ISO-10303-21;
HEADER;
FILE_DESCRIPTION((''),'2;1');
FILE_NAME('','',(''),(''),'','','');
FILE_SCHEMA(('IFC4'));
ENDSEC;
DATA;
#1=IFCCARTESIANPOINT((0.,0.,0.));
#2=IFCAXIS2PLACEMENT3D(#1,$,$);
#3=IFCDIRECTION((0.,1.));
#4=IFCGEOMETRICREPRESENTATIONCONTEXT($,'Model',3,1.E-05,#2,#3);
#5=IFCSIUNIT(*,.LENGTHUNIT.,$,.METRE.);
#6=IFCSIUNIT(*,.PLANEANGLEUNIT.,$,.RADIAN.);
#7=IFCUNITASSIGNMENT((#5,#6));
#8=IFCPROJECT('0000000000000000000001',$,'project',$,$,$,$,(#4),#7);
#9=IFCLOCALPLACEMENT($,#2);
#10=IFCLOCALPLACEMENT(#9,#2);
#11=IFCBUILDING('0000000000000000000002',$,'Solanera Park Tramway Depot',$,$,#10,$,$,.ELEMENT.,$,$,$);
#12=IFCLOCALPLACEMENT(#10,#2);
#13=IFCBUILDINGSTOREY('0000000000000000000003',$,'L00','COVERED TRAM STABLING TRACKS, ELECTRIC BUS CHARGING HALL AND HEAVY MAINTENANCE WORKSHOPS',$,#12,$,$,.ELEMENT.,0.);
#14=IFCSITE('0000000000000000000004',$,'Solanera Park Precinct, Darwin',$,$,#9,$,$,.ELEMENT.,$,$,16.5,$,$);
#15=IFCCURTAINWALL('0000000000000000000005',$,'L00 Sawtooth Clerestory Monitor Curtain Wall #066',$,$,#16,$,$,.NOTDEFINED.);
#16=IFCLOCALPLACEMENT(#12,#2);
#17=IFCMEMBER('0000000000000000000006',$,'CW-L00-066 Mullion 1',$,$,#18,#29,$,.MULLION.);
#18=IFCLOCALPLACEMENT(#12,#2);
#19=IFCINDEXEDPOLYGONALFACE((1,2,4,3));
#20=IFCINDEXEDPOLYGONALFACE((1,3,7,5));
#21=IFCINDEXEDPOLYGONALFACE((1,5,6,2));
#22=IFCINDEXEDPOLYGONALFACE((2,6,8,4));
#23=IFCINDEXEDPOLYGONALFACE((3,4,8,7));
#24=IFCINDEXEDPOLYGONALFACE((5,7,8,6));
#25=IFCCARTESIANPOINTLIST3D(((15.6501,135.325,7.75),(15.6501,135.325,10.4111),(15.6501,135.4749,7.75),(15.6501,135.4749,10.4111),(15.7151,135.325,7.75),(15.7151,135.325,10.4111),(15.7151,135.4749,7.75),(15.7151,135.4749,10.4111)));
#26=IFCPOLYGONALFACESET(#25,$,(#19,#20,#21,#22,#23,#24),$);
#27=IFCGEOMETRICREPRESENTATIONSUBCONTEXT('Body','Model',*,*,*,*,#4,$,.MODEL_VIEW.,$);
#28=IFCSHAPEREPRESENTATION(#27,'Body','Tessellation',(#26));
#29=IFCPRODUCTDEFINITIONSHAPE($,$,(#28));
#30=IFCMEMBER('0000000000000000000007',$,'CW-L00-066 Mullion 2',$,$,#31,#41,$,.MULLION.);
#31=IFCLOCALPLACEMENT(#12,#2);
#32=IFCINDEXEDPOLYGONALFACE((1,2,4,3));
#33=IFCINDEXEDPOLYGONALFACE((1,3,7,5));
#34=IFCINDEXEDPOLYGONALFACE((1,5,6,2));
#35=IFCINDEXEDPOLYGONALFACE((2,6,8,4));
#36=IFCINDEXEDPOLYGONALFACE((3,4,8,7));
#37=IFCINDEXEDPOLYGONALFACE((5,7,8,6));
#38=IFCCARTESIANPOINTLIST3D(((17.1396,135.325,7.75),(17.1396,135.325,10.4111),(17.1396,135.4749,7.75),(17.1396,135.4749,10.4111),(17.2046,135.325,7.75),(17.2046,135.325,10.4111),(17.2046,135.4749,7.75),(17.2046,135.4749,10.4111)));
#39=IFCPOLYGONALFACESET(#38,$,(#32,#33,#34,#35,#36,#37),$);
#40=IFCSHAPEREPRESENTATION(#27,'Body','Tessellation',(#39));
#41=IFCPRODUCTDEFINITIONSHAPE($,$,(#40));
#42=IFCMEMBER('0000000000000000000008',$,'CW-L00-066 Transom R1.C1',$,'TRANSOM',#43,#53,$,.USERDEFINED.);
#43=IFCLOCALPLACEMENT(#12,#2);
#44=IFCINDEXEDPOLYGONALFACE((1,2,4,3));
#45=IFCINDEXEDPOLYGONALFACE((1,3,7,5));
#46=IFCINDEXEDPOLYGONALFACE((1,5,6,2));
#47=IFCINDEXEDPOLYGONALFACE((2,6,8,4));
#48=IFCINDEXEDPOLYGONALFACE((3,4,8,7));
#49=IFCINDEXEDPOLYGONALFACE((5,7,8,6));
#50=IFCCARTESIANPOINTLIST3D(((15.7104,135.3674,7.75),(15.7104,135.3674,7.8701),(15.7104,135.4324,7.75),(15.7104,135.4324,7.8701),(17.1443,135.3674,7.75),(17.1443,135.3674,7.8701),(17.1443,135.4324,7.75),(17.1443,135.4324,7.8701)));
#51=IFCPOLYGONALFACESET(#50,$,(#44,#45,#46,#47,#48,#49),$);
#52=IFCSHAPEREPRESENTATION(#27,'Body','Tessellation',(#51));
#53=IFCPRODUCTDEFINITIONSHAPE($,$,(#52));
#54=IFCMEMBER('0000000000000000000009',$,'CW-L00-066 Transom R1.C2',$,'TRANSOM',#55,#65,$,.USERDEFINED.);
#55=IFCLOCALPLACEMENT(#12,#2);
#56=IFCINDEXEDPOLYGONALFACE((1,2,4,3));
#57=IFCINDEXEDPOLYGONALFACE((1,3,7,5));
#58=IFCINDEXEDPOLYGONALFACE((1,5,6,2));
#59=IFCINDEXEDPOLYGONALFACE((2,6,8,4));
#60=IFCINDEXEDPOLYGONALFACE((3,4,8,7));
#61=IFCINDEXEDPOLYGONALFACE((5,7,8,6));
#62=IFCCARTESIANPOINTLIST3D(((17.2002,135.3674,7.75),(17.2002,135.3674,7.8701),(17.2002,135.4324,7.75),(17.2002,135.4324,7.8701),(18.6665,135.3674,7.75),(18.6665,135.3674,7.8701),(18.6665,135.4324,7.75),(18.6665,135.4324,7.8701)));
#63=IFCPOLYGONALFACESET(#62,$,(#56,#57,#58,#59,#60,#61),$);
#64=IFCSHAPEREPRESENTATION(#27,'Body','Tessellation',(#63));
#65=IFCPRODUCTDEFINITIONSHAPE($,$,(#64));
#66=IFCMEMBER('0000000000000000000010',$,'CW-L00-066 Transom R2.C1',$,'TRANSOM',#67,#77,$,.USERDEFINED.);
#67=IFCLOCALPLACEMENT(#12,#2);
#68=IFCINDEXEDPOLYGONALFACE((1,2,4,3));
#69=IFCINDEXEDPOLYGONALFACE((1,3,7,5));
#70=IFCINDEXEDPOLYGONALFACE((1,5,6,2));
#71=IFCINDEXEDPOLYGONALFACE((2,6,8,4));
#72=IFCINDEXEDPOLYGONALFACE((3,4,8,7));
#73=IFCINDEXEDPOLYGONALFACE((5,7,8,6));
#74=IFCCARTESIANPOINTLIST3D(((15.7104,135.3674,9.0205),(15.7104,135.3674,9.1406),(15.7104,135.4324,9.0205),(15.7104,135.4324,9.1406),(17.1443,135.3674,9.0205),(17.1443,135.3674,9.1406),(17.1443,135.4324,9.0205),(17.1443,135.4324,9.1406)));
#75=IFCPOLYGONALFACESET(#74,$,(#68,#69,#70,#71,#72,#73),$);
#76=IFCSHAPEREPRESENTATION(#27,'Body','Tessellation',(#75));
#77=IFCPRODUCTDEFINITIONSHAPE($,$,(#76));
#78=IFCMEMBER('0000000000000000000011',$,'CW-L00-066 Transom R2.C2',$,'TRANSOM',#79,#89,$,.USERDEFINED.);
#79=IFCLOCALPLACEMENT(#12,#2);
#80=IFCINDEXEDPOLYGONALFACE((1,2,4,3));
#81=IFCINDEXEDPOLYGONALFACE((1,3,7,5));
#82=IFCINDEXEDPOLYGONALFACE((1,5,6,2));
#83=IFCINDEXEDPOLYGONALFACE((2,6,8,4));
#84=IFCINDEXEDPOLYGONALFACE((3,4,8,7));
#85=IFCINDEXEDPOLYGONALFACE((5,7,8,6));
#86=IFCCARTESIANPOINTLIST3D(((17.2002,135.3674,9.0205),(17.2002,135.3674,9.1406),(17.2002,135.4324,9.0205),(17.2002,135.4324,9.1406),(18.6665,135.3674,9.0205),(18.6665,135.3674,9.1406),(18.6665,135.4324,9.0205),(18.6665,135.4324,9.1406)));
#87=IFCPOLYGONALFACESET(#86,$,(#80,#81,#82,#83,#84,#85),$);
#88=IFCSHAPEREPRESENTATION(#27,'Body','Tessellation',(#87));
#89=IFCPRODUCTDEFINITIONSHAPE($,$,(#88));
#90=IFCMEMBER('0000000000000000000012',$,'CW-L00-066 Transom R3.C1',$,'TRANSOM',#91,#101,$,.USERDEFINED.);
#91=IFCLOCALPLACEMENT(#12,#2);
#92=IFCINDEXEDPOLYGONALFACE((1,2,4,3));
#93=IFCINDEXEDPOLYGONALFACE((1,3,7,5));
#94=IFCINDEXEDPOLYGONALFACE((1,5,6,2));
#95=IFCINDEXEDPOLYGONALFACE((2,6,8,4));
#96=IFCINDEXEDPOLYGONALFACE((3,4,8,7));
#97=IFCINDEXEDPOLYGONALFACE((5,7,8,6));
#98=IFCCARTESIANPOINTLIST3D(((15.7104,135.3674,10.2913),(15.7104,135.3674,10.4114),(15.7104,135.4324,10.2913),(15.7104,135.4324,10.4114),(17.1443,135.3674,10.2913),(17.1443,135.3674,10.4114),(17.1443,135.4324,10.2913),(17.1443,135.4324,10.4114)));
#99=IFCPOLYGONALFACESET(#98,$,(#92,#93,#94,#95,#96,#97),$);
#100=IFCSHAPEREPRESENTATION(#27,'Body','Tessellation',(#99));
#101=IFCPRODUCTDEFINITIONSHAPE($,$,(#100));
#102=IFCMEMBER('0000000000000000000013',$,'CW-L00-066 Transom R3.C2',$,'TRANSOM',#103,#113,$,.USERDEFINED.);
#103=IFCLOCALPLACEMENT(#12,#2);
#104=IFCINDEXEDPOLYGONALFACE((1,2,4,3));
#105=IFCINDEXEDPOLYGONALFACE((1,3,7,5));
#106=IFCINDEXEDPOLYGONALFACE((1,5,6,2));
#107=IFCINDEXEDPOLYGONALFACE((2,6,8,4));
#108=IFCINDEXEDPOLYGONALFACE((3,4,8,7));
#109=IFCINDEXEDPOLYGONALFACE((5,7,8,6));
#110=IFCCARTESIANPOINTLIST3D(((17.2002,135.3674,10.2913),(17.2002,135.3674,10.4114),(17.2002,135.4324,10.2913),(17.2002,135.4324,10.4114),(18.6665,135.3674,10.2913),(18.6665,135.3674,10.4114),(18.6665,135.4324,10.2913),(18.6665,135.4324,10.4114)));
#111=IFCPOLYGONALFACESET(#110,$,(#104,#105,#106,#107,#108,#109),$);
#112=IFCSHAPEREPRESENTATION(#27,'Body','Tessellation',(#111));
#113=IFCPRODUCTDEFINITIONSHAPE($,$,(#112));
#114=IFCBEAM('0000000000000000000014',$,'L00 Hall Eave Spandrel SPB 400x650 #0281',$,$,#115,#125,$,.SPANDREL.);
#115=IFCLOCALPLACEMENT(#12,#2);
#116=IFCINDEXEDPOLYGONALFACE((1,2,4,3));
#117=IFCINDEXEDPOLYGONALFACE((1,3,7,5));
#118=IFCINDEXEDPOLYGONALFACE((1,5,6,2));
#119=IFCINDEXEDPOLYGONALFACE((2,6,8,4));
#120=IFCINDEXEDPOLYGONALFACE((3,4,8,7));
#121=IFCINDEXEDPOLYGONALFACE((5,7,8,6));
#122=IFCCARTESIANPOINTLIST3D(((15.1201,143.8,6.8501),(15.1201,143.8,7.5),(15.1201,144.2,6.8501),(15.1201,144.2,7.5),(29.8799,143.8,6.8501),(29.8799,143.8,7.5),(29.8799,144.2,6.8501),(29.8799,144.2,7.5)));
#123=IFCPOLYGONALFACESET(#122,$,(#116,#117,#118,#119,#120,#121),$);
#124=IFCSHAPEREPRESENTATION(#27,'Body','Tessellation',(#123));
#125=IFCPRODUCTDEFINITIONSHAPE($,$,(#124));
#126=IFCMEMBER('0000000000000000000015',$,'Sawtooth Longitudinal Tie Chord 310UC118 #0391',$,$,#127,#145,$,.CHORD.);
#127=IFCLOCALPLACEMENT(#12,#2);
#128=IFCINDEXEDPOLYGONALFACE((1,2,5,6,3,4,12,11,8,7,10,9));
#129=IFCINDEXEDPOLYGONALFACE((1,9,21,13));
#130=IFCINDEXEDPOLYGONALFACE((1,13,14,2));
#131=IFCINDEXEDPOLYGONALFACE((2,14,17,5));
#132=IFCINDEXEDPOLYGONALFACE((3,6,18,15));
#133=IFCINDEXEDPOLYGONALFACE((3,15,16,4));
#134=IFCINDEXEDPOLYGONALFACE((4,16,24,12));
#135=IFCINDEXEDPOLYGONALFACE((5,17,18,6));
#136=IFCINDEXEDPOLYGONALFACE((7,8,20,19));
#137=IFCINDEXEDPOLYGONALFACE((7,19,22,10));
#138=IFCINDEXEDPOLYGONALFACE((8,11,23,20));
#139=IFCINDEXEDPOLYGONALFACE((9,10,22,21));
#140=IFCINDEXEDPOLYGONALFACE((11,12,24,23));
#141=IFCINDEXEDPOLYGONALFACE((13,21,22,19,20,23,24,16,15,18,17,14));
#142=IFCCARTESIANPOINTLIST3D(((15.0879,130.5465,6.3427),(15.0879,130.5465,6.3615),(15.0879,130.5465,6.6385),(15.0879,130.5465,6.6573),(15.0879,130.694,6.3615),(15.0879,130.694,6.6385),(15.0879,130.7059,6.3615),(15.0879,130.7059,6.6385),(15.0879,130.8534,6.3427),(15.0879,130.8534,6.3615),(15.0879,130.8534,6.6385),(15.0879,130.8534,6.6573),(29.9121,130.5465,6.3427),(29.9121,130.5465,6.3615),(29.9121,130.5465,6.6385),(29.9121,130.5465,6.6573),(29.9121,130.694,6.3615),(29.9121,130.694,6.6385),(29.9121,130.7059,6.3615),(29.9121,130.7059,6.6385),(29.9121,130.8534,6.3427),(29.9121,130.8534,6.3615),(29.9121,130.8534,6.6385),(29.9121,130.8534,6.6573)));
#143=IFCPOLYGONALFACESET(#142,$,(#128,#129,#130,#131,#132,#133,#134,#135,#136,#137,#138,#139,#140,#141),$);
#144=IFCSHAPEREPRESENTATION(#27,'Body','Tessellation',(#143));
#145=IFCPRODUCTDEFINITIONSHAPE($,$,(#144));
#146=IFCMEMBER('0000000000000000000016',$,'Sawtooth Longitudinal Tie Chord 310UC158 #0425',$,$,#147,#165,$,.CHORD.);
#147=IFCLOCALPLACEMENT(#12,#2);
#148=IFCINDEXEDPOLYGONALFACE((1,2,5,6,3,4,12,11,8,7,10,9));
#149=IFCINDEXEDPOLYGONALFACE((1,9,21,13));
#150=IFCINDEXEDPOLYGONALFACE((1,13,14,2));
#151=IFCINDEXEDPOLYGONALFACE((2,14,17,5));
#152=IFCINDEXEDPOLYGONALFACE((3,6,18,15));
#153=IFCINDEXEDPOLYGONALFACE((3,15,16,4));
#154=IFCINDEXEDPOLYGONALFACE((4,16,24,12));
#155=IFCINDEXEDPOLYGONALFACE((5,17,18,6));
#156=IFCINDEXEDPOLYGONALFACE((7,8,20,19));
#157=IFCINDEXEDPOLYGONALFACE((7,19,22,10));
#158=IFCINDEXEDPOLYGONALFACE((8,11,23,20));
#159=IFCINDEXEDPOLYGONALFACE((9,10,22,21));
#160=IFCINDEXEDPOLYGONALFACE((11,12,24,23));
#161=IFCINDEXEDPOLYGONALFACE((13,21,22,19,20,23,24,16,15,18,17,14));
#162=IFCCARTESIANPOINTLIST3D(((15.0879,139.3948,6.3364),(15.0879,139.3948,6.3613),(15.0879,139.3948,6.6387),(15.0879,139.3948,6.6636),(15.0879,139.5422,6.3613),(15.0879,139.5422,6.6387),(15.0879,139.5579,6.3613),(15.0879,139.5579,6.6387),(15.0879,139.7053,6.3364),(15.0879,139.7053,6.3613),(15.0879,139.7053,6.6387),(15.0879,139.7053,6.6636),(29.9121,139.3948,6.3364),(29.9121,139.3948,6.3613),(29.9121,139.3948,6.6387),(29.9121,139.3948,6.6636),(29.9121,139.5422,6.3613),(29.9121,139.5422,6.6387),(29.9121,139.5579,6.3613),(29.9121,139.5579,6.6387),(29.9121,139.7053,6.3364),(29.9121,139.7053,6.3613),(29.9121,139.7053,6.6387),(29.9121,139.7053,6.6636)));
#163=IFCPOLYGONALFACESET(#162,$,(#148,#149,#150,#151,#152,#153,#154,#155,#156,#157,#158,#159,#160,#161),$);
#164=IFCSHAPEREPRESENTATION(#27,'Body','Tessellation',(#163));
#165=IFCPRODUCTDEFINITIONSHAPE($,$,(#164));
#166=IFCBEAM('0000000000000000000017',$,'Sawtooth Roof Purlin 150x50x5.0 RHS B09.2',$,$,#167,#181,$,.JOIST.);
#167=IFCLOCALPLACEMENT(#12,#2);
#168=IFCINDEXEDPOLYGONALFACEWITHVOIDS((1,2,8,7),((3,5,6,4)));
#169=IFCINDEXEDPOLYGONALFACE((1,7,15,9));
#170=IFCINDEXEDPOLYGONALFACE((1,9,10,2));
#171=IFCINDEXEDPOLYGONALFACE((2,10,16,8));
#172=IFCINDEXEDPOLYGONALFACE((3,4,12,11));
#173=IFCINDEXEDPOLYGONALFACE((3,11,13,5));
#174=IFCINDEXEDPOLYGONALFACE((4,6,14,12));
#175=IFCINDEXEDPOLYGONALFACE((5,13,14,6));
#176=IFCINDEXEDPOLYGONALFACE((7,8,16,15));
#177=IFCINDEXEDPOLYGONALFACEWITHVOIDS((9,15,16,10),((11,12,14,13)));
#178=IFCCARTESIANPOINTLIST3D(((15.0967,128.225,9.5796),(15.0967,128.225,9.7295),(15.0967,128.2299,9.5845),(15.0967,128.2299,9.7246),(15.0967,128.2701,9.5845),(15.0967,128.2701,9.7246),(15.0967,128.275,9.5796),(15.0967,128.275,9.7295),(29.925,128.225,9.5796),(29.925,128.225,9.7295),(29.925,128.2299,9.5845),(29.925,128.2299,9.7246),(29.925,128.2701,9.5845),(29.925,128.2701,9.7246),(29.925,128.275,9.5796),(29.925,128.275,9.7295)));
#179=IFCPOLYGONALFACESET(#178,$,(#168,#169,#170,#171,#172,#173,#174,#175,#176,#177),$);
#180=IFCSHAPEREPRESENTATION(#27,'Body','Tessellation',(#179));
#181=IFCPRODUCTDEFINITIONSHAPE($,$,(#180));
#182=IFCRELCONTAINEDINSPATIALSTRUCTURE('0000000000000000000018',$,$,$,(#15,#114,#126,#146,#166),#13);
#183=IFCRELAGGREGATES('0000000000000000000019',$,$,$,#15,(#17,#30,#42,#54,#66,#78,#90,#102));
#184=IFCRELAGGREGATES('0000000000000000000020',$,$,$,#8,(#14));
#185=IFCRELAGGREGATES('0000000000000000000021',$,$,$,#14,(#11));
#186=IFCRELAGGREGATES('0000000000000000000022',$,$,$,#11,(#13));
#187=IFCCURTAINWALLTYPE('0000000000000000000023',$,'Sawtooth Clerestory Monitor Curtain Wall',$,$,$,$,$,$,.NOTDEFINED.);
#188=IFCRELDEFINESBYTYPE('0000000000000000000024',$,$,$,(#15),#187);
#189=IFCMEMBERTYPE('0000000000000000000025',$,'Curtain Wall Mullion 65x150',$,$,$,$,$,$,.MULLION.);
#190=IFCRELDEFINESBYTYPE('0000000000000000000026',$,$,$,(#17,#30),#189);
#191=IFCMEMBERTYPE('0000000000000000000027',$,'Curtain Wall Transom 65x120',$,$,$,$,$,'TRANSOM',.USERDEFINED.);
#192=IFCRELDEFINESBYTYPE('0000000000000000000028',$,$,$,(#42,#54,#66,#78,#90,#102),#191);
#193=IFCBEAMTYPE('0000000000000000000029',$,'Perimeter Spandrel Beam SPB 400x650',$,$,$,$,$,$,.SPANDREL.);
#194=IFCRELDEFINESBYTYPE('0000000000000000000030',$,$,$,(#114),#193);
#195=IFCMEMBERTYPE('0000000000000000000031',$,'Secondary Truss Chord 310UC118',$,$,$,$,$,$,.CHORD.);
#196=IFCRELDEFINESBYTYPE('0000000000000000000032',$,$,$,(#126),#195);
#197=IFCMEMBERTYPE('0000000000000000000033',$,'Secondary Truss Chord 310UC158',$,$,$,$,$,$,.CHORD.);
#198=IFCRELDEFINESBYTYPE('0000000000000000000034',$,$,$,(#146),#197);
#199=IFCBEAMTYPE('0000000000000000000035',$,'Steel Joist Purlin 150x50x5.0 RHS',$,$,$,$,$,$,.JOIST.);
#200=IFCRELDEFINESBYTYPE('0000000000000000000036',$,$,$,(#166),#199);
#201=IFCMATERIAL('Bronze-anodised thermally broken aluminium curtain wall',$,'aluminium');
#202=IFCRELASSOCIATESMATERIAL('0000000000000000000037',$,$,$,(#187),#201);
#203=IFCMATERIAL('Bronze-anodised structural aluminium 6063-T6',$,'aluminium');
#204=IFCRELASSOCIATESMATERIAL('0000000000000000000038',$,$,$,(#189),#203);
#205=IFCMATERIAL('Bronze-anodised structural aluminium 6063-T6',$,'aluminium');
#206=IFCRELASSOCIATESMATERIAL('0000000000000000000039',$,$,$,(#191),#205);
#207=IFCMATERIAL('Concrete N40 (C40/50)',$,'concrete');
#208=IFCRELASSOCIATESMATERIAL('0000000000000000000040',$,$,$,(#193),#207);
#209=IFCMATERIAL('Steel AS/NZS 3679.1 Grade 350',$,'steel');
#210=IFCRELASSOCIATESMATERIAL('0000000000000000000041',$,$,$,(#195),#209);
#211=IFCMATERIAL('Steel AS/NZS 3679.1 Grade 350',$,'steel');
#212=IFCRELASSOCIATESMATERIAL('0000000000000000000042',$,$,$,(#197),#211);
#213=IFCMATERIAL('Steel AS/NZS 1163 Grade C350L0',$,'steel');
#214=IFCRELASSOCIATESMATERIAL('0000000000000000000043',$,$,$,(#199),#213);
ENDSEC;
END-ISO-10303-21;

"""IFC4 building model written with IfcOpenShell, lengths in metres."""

from ifc_helpers import new_model, si_unit, direction, frame, origin, origin_2d, place, context, subcontext, project, spatial, rectangle, hollow_rectangle, i_section, extrude, material, material_profile, profile_set, type_object, element, aggregate, save


model = new_model("IFC4")

# Units and contexts
model_context = context("Model", 3, precision=1e-05, world=origin(), true_north=direction((0.0, 1.0)))
body_context = subcontext(model_context, "Body", "Model", "MODEL_VIEW")
ifc_project = project(units=[si_unit("LENGTHUNIT", "METRE"), si_unit("PLANEANGLEUNIT", "RADIAN")], contexts=[model_context])

# Site, building, storey
site_placement = place(None, origin())
site = spatial("IfcSite", under=ifc_project, at=site_placement, Name="Solanera Park Precinct, Darwin", CompositionType="ELEMENT", RefElevation=16.5)
building_placement = place(site_placement, origin())
building = spatial("IfcBuilding", under=site, at=building_placement, Name="Solanera Park Tramway Depot", CompositionType="ELEMENT")
storey_placement = place(building_placement, origin())
storey = spatial("IfcBuildingStorey", under=building, at=storey_placement, Name="L00", Description="COVERED TRAM STABLING TRACKS, ELECTRIC BUS CHARGING HALL AND HEAVY MAINTENANCE WORKSHOPS", CompositionType="ELEMENT", Elevation=0.0)

# Curtain wall, members
ifc_material_1 = material(Name="Bronze-anodised thermally broken aluminium curtain wall", Category="aluminium")
curtain_wall_type = type_object("IfcCurtainWallType", Name="Sawtooth Clerestory Monitor Curtain Wall", PredefinedType="NOTDEFINED", material=ifc_material_1)
curtain_wall_placement = place(storey_placement, origin())
curtain_wall = element("IfcCurtainWall", 1, at=curtain_wall_placement, inside=storey, type_object=curtain_wall_type, Name="L00 Sawtooth Clerestory Monitor Curtain Wall #066", PredefinedType="NOTDEFINED")
ifc_material_2 = material(Name="Bronze-anodised structural aluminium 6063-T6", Category="aluminium")
ifc_material_profile_1 = material_profile(ifc_material_2, rectangle(XDim=0.0649, YDim=0.1499, at=origin_2d()), Name="Curtain Wall Mullion 65x150")
ifc_profile_set_1 = profile_set([ifc_material_profile_1], Name="Bronze-anodised structural aluminium 6063-T6")
member_type_1 = type_object("IfcMemberType", Name="Curtain Wall Mullion 65x150", PredefinedType="MULLION", material=ifc_profile_set_1)
member_1_placement = place(storey_placement, frame((15.6826, 135.3999, 7.75), z_axis=(0.0, 0.0, 1.0), x_axis=(1.0, 0.0, 0.0)))
member_1 = element("IfcMember", 2, at=member_1_placement, type_object=member_type_1, Name="CW-L00-066 Mullion 1", PredefinedType="MULLION", context=body_context, shape_type="SweptSolid", body=[
    extrude(rectangle(XDim=0.0649, YDim=0.1499, at=origin_2d()), origin(), (0.0, 0.0, 1.0), 2.6611),
])
member_2_placement = place(storey_placement, frame((17.1721, 135.3999, 7.75), z_axis=(0.0, 0.0, 1.0), x_axis=(1.0, 0.0, 0.0)))
member_2 = element("IfcMember", 3, at=member_2_placement, type_object=member_type_1, Name="CW-L00-066 Mullion 2", PredefinedType="MULLION", context=body_context, shape_type="SweptSolid", body=[
    extrude(rectangle(XDim=0.0649, YDim=0.1499, at=origin_2d()), origin(), (0.0, 0.0, 1.0), 2.6611),
])
ifc_material_3 = material(Name="Bronze-anodised structural aluminium 6063-T6", Category="aluminium")
ifc_material_profile_2 = material_profile(ifc_material_3, rectangle(XDim=0.0649, YDim=0.1201, at=origin_2d()), Name="Curtain Wall Transom 65x120")
ifc_profile_set_2 = profile_set([ifc_material_profile_2], Name="Bronze-anodised structural aluminium 6063-T6")
member_type_2 = type_object("IfcMemberType", Name="Curtain Wall Transom 65x120", ElementType="TRANSOM", PredefinedType="USERDEFINED", material=ifc_profile_set_2)
member_3_placement = place(storey_placement, frame((15.7104, 135.3999, 7.8101), z_axis=(1.0, 0.0, 0.0), x_axis=(0.0, 1.0, 0.0)))
member_3 = element("IfcMember", 4, at=member_3_placement, type_object=member_type_2, Name="CW-L00-066 Transom R1.C1", ObjectType="TRANSOM", PredefinedType="USERDEFINED", context=body_context, shape_type="SweptSolid", body=[
    extrude(rectangle(XDim=0.0649, YDim=0.1201, at=origin_2d()), origin(), (0.0, 0.0, 1.0), 1.4338),
])
member_4_placement = place(storey_placement, frame((17.2002, 135.3999, 7.8101), z_axis=(1.0, 0.0, 0.0), x_axis=(0.0, 1.0, 0.0)))
member_4 = element("IfcMember", 5, at=member_4_placement, type_object=member_type_2, Name="CW-L00-066 Transom R1.C2", ObjectType="TRANSOM", PredefinedType="USERDEFINED", context=body_context, shape_type="SweptSolid", body=[
    extrude(rectangle(XDim=0.0649, YDim=0.1201, at=origin_2d()), origin(), (0.0, 0.0, 1.0), 1.4663),
])
member_5_placement = place(storey_placement, frame((15.7104, 135.3999, 9.0806), z_axis=(1.0, 0.0, 0.0), x_axis=(0.0, 1.0, 0.0)))
member_5 = element("IfcMember", 6, at=member_5_placement, type_object=member_type_2, Name="CW-L00-066 Transom R2.C1", ObjectType="TRANSOM", PredefinedType="USERDEFINED", context=body_context, shape_type="SweptSolid", body=[
    extrude(rectangle(XDim=0.0649, YDim=0.1201, at=origin_2d()), origin(), (0.0, 0.0, 1.0), 1.4338),
])
member_6_placement = place(storey_placement, frame((17.2002, 135.3999, 9.0806), z_axis=(1.0, 0.0, 0.0), x_axis=(0.0, 1.0, 0.0)))
member_6 = element("IfcMember", 7, at=member_6_placement, type_object=member_type_2, Name="CW-L00-066 Transom R2.C2", ObjectType="TRANSOM", PredefinedType="USERDEFINED", context=body_context, shape_type="SweptSolid", body=[
    extrude(rectangle(XDim=0.0649, YDim=0.1201, at=origin_2d()), origin(), (0.0, 0.0, 1.0), 1.4663),
])
member_7_placement = place(storey_placement, frame((15.7104, 135.3999, 10.3513), z_axis=(1.0, 0.0, 0.0), x_axis=(0.0, 1.0, 0.0)))
member_7 = element("IfcMember", 8, at=member_7_placement, type_object=member_type_2, Name="CW-L00-066 Transom R3.C1", ObjectType="TRANSOM", PredefinedType="USERDEFINED", context=body_context, shape_type="SweptSolid", body=[
    extrude(rectangle(XDim=0.0649, YDim=0.1201, at=origin_2d()), origin(), (0.0, 0.0, 1.0), 1.4338),
])
member_8_placement = place(storey_placement, frame((17.2002, 135.3999, 10.3513), z_axis=(1.0, 0.0, 0.0), x_axis=(0.0, 1.0, 0.0)))
member_8 = element("IfcMember", 9, at=member_8_placement, type_object=member_type_2, Name="CW-L00-066 Transom R3.C2", ObjectType="TRANSOM", PredefinedType="USERDEFINED", context=body_context, shape_type="SweptSolid", body=[
    extrude(rectangle(XDim=0.0649, YDim=0.1201, at=origin_2d()), origin(), (0.0, 0.0, 1.0), 1.4663),
])

# Beam
ifc_material_4 = material(Name="Concrete N40 (C40/50)", Category="concrete")
ifc_material_profile_3 = material_profile(ifc_material_4, rectangle(XDim=0.3999, YDim=0.6499, at=origin_2d()), Name="SPB 400x650")
ifc_profile_set_3 = profile_set([ifc_material_profile_3], Name="Concrete N40 (C40/50)")
beam_type_1 = type_object("IfcBeamType", Name="Perimeter Spandrel Beam SPB 400x650", PredefinedType="SPANDREL", material=ifc_profile_set_3)
beam_1_placement = place(storey_placement, frame((15.1201, 144.0, 7.175), z_axis=(1.0, 0.0, 0.0), x_axis=(0.0, 1.0, 0.0)))
element("IfcBeam", 10, at=beam_1_placement, inside=storey, type_object=beam_type_1, Name="L00 Hall Eave Spandrel SPB 400x650 #0281", PredefinedType="SPANDREL", context=body_context, shape_type="SweptSolid", body=[
    extrude(rectangle(XDim=0.3999, YDim=0.6499, at=origin_2d()), origin(), (0.0, 0.0, 1.0), 14.7598),
])

# Members
ifc_material_5 = material(Name="Steel AS/NZS 3679.1 Grade 350", Category="steel")
ifc_material_profile_4 = material_profile(ifc_material_5, i_section(OverallWidth=0.3069, OverallDepth=0.3147, WebThickness=0.012, FlangeThickness=0.0188, at=origin_2d()), Name="310UC118")
ifc_profile_set_4 = profile_set([ifc_material_profile_4], Name="Steel AS/NZS 3679.1 Grade 350")
member_type_3 = type_object("IfcMemberType", Name="Secondary Truss Chord 310UC118", PredefinedType="CHORD", material=ifc_profile_set_4)
member_9_placement = place(storey_placement, frame((15.0879, 130.7, 6.5), z_axis=(1.0, 0.0, 0.0), x_axis=(0.0, 1.0, 0.0)))
element("IfcMember", 11, at=member_9_placement, inside=storey, type_object=member_type_3, Name="Sawtooth Longitudinal Tie Chord 310UC118 #0391", PredefinedType="CHORD", context=body_context, shape_type="SweptSolid", body=[
    extrude(i_section(OverallWidth=0.3069, OverallDepth=0.3147, WebThickness=0.012, FlangeThickness=0.0188, at=origin_2d()), origin(), (0.0, 0.0, 1.0), 14.8242),
])
ifc_material_6 = material(Name="Steel AS/NZS 3679.1 Grade 350", Category="steel")
ifc_material_profile_5 = material_profile(ifc_material_6, i_section(OverallWidth=0.3105, OverallDepth=0.3271, WebThickness=0.0156, FlangeThickness=0.0249, at=origin_2d()), Name="310UC158")
ifc_profile_set_5 = profile_set([ifc_material_profile_5], Name="Steel AS/NZS 3679.1 Grade 350")
member_type_4 = type_object("IfcMemberType", Name="Secondary Truss Chord 310UC158", PredefinedType="CHORD", material=ifc_profile_set_5)
member_10_placement = place(storey_placement, frame((15.0879, 139.55, 6.5), z_axis=(1.0, 0.0, 0.0), x_axis=(0.0, 1.0, 0.0)))
element("IfcMember", 12, at=member_10_placement, inside=storey, type_object=member_type_4, Name="Sawtooth Longitudinal Tie Chord 310UC158 #0425", PredefinedType="CHORD", context=body_context, shape_type="SweptSolid", body=[
    extrude(i_section(OverallWidth=0.3105, OverallDepth=0.3271, WebThickness=0.0156, FlangeThickness=0.0249, at=origin_2d()), origin(), (0.0, 0.0, 1.0), 14.8242),
])

# Beam
ifc_material_7 = material(Name="Steel AS/NZS 1163 Grade C350L0", Category="steel")
ifc_material_profile_6 = material_profile(ifc_material_7, hollow_rectangle(XDim=0.05, YDim=0.1499, WallThickness=0.0049, at=origin_2d()), Name="150x50x5.0 RHS")
ifc_profile_set_6 = profile_set([ifc_material_profile_6], Name="Steel AS/NZS 1163 Grade C350L0")
beam_type_2 = type_object("IfcBeamType", Name="Steel Joist Purlin 150x50x5.0 RHS", PredefinedType="JOIST", material=ifc_profile_set_6)
beam_2_placement = place(storey_placement, frame((15.0967, 128.25, 9.6545), z_axis=(1.0, 0.0, 0.0), x_axis=(0.0, 1.0, 0.0)))
element("IfcBeam", 13, at=beam_2_placement, inside=storey, type_object=beam_type_2, Name="Sawtooth Roof Purlin 150x50x5.0 RHS B09.2", PredefinedType="JOIST", context=body_context, shape_type="SweptSolid", body=[
    extrude(hollow_rectangle(XDim=0.05, YDim=0.1499, WallThickness=0.0049, at=origin_2d()), origin(), (0.0, 0.0, 1.0), 14.8284),
])

aggregate(curtain_wall, [member_1, member_2, member_3, member_4, member_5, member_6, member_7, member_8])

save(model, "model.ifc")
